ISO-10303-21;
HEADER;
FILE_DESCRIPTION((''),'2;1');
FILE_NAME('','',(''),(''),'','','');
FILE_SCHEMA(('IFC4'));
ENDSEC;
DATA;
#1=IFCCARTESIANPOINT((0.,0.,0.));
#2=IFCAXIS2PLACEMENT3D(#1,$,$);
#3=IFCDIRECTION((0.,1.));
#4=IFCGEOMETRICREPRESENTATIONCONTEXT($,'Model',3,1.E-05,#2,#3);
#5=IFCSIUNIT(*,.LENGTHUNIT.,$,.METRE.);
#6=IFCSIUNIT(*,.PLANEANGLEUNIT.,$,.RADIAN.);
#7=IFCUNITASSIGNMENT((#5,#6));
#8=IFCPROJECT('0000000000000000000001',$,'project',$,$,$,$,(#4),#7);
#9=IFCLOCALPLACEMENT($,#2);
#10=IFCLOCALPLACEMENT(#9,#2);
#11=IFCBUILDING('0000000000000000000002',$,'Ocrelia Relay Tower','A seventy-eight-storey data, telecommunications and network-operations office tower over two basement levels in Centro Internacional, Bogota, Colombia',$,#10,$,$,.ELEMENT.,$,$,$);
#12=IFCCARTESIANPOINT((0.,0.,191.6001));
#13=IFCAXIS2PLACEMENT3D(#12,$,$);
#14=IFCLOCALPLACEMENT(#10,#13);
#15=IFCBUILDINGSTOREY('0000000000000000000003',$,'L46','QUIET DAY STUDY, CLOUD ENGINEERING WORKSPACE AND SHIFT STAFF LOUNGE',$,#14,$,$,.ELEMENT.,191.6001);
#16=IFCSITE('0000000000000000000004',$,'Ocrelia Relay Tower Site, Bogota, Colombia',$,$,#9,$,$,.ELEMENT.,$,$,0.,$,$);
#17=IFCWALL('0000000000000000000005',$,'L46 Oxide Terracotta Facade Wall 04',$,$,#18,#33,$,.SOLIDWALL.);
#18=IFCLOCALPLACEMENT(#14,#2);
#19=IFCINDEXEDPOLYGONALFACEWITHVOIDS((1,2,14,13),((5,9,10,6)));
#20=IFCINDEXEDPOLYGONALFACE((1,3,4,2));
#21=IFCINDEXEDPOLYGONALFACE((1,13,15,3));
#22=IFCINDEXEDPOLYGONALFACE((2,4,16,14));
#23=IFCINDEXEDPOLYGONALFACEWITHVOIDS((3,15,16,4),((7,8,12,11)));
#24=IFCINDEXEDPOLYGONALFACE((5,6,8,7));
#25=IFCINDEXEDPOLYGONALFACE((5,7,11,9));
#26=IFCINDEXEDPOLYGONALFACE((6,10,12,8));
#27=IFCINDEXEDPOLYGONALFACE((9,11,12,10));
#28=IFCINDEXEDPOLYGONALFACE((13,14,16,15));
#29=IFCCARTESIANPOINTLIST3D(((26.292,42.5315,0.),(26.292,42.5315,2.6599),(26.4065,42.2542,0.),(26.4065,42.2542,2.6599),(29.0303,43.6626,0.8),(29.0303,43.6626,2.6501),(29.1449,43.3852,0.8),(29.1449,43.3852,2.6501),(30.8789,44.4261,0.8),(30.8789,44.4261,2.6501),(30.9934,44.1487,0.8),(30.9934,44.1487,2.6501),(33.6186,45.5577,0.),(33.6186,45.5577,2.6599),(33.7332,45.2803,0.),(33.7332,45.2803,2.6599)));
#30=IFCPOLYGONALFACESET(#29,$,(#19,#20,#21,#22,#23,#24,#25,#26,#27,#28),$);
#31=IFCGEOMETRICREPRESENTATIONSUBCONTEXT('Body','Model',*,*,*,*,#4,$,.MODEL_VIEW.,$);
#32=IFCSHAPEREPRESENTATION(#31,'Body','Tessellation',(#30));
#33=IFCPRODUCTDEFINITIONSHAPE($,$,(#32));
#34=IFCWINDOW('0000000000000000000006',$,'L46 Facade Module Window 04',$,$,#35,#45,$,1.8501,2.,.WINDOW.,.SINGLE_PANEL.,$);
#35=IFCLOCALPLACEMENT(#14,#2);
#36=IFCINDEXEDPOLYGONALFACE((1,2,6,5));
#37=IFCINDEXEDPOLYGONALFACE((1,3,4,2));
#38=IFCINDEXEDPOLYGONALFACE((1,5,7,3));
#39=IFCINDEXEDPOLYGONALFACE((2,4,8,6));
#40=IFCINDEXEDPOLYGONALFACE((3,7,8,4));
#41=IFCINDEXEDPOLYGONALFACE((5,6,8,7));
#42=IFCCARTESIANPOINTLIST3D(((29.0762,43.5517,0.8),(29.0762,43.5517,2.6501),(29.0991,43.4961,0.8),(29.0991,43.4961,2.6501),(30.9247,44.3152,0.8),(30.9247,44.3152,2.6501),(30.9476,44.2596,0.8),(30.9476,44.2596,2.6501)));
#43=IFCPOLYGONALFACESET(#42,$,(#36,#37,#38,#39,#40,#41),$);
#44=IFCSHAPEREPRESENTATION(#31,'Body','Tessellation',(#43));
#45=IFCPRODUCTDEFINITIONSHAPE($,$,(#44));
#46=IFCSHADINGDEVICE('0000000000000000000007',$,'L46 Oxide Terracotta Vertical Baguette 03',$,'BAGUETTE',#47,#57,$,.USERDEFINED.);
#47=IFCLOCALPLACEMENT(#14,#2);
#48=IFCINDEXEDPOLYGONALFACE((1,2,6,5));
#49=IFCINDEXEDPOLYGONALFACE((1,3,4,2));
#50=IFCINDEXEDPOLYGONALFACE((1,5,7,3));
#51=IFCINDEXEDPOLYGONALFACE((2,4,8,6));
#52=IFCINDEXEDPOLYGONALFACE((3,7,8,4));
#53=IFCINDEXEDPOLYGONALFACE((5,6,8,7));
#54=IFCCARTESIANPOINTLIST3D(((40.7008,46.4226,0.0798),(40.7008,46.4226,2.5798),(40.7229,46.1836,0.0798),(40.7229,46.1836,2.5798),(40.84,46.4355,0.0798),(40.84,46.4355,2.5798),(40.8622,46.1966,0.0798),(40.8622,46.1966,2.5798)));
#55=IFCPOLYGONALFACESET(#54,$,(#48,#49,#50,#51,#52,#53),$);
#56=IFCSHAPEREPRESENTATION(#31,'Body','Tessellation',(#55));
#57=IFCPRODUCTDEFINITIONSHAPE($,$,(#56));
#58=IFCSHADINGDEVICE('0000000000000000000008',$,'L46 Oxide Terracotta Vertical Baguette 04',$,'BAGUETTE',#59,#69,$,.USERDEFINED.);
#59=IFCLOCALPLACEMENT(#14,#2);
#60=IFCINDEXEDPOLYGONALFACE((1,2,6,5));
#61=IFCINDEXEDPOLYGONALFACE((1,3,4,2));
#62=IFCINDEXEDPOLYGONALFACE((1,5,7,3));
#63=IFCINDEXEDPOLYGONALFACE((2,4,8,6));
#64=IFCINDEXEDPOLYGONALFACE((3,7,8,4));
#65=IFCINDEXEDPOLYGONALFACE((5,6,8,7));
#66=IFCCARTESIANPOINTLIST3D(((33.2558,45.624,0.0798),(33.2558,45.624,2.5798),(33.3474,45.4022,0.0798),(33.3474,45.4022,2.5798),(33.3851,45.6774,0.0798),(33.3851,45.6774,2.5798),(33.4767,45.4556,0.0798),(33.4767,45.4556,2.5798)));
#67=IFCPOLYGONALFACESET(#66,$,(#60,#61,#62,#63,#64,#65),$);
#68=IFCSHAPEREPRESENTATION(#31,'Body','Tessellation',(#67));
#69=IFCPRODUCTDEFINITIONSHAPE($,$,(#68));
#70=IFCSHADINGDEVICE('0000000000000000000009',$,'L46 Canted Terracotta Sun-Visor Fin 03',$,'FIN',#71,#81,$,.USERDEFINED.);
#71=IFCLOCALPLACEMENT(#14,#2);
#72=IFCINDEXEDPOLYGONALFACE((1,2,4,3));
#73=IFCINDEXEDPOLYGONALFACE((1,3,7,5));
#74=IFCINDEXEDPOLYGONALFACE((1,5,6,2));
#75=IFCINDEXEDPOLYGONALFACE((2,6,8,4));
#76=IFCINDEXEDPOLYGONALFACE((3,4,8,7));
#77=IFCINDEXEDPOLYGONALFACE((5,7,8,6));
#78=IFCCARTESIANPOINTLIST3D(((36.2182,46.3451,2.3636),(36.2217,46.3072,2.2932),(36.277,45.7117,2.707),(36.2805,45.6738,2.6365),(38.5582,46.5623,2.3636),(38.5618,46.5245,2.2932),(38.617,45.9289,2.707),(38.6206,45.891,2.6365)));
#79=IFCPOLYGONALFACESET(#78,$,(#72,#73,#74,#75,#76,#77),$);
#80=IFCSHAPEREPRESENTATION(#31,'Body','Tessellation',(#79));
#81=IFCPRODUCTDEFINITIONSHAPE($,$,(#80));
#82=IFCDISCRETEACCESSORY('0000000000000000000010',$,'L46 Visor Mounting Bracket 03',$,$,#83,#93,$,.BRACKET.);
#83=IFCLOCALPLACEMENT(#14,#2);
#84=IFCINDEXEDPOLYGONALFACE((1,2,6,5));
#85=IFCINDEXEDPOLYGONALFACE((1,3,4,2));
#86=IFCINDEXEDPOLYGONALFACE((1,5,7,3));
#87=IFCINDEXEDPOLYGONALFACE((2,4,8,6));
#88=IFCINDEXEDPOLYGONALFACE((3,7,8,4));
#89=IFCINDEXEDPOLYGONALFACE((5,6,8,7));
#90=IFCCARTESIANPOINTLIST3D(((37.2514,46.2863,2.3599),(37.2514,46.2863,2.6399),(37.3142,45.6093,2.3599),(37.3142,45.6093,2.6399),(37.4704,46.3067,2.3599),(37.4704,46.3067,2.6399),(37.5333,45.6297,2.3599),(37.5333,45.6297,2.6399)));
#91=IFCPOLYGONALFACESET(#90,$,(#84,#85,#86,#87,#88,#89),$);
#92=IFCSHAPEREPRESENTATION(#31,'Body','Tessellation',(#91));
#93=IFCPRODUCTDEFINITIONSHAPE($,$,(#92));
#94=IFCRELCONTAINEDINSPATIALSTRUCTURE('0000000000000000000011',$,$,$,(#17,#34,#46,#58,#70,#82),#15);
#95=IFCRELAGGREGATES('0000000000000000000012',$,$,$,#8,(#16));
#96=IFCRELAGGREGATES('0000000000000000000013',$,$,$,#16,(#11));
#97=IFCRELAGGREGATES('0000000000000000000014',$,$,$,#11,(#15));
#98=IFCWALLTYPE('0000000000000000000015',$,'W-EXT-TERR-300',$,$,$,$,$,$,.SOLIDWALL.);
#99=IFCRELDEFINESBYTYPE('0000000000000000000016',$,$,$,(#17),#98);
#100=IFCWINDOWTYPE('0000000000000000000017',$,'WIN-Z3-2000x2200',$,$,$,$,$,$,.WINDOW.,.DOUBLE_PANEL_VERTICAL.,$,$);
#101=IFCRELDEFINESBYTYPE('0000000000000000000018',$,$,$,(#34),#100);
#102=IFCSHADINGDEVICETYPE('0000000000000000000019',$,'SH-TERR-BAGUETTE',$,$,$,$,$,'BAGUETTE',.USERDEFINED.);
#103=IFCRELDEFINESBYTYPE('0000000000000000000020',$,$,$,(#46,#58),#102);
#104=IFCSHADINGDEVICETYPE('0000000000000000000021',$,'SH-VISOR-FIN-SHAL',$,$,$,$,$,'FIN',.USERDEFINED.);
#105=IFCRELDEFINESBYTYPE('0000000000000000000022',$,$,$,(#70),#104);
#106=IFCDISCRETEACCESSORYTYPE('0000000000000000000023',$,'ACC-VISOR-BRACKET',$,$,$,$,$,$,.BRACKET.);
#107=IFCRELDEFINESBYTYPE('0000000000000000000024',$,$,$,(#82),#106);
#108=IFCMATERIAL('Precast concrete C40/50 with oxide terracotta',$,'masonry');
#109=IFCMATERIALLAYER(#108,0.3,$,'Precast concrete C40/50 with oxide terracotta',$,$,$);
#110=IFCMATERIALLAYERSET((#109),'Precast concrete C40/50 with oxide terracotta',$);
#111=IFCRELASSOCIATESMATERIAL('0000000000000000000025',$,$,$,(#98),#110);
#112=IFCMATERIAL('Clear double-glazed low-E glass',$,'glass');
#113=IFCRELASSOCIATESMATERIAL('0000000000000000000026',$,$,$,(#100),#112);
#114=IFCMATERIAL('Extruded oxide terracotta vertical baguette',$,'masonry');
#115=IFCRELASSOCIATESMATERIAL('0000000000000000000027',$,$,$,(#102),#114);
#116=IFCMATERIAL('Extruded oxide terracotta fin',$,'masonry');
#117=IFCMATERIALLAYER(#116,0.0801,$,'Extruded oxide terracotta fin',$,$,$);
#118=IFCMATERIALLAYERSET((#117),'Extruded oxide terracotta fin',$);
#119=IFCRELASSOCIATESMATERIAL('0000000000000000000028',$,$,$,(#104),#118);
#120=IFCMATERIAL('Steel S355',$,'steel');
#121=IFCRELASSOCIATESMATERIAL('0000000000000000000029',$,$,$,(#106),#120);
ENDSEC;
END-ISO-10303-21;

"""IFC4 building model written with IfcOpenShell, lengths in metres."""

from ifc_helpers import new_model, si_unit, direction, frame, frame_2d, origin, origin_2d, place, context, subcontext, project, spatial, rectangle, extrude, material, layer, layer_set, type_object, element, fill, save


model = new_model("IFC4")

# Units and contexts
model_context = context("Model", 3, precision=1e-05, world=origin(), true_north=direction((0.0, 1.0)))
body_context = subcontext(model_context, "Body", "Model", "MODEL_VIEW")
ifc_project = project(units=[si_unit("LENGTHUNIT", "METRE"), si_unit("PLANEANGLEUNIT", "RADIAN")], contexts=[model_context])

# Site, building, storey
site_placement = place(None, origin())
site = spatial("IfcSite", under=ifc_project, at=site_placement, Name="Ocrelia Relay Tower Site, Bogota, Colombia", CompositionType="ELEMENT", RefElevation=0.0)
building_placement = place(site_placement, origin())
building = spatial("IfcBuilding", under=site, at=building_placement, Name="Ocrelia Relay Tower", Description="A seventy-eight-storey data, telecommunications and network-operations office tower over two basement levels in Centro Internacional, Bogota, Colombia", CompositionType="ELEMENT")
storey_placement = place(building_placement, frame((0.0, 0.0, 191.6001)))
storey = spatial("IfcBuildingStorey", under=building, at=storey_placement, Name="L46", Description="QUIET DAY STUDY, CLOUD ENGINEERING WORKSPACE AND SHIFT STAFF LOUNGE", CompositionType="ELEMENT", Elevation=191.6001)

# Shared definitions
ifc_material_1 = material(Name="Steel S355", Category="steel")

# Wall, opening, window
ifc_material_2 = material(Name="Precast concrete C40/50 with oxide terracotta", Category="masonry")
ifc_layer_1 = layer(ifc_material_2, 0.3, Name="Precast concrete C40/50 with oxide terracotta")
ifc_layer_set_1 = layer_set([ifc_layer_1], Name="Precast concrete C40/50 with oxide terracotta")
wall_type_1 = type_object("IfcWallType", Name="W-EXT-TERR-300", PredefinedType="SOLIDWALL", material=ifc_layer_set_1)
ifc_material_3 = material(Name="Clear double-glazed low-E glass", Category="glass")
window_type = type_object("IfcWindowType", Name="WIN-Z3-2000x2200", PartitioningType="DOUBLE_PANEL_VERTICAL", PredefinedType="WINDOW", material=ifc_material_3)
wall_1_placement = place(storey_placement, frame((33.6758, 45.4189, 0.0), z_axis=(0.0, 0.0, 1.0), x_axis=(-0.924266, -0.381749, 0.0)))
wall_1 = element("IfcWall", 1, at=wall_1_placement, inside=storey, type_object=wall_type_1, Name="L46 Oxide Terracotta Facade Wall 04", PredefinedType="SOLIDWALL", context=body_context, shape_type="SweptSolid", body=[
    extrude(rectangle(XDim=7.927, YDim=0.3, at=frame_2d((3.9634, 0.0))), origin(), (0.0, 0.0, 1.0), 2.6599),
])
opening_1_placement = place(wall_1_placement, frame((2.9641, 0.0, 0.8)))
opening_1 = element("IfcOpeningElement", 2, at=opening_1_placement, cuts=wall_1, PredefinedType="OPENING", context=body_context, shape_type="SweptSolid", body=[
    extrude(rectangle(XDim=2.0, YDim=1.8501, at=frame_2d((1.0, 0.925))), frame((0.0, 0.1602, 0.0), z_axis=(0.0, -1.0, 0.0), x_axis=(1.0, 0.0, 0.0)), (0.0, 0.0, 1.0), 0.3201),
])
window_1_placement = place(opening_1_placement, origin())
window_1 = element("IfcWindow", 3, at=window_1_placement, inside=storey, type_object=window_type, Name="L46 Facade Module Window 04", OverallHeight=1.8501, OverallWidth=2.0, PartitioningType="SINGLE_PANEL", PredefinedType="WINDOW", context=body_context, shape_type="SweptSolid", body=[
    extrude(rectangle(XDim=2.0, YDim=1.8501, at=frame_2d((1.0, 0.925))), frame((0.0, 0.03, 0.0), z_axis=(0.0, -1.0, 0.0), x_axis=(1.0, 0.0, 0.0)), (0.0, 0.0, 1.0), 0.0601),
])
fill(opening_1, window_1)

# Shading devices
ifc_material_4 = material(Name="Extruded oxide terracotta vertical baguette", Category="masonry")
shading_device_type_1 = type_object("IfcShadingDeviceType", Name="SH-TERR-BAGUETTE", ElementType="BAGUETTE", PredefinedType="USERDEFINED", material=ifc_material_4)
for number, where, z_axis, x_axis, name in (
    (4, (40.7815, 46.3096, 0.0798), (0.0, 0.0, 1.0), (-0.995717, -0.092449, 0.0), "L46 Oxide Terracotta Vertical Baguette 03"),
    (5, (33.3662, 45.5398, 0.0798), (0.0, 0.0, 1.0), (-0.924268, -0.381744, 0.0), "L46 Oxide Terracotta Vertical Baguette 04"),
):
    element("IfcShadingDevice", number, at=place(storey_placement, frame(where, z_axis=z_axis, x_axis=x_axis)), inside=storey, type_object=shading_device_type_1, Name=name, ObjectType="BAGUETTE", PredefinedType="USERDEFINED", context=body_context, shape_type="SweptSolid", body=[
        extrude(rectangle(XDim=0.1399, YDim=0.24, at=origin_2d()), origin(), (0.0, 0.0, 1.0), 2.5),
    ])
ifc_material_5 = material(Name="Extruded oxide terracotta fin", Category="masonry")
ifc_layer_2 = layer(ifc_material_5, 0.0801, Name="Extruded oxide terracotta fin")
ifc_layer_set_2 = layer_set([ifc_layer_2], Name="Extruded oxide terracotta fin")
shading_device_type_2 = type_object("IfcShadingDeviceType", Name="SH-VISOR-FIN-SHAL", ElementType="FIN", PredefinedType="USERDEFINED", material=ifc_layer_set_2)
shading_device_placement = place(storey_placement, frame((37.4211, 46.0991, 2.4648), z_axis=(-0.043914, 0.472976, 0.87998), x_axis=(-0.995717, -0.092449, 0.0)))
element("IfcShadingDevice", 6, at=shading_device_placement, inside=storey, type_object=shading_device_type_2, Name="L46 Canted Terracotta Sun-Visor Fin 03", ObjectType="FIN", PredefinedType="USERDEFINED", context=body_context, shape_type="SweptSolid", body=[
    extrude(rectangle(XDim=2.3501, YDim=0.7229, at=origin_2d()), origin(), (0.0, 0.0, 1.0), 0.0801),
])

# Discrete accessory
discrete_accessory_type = type_object("IfcDiscreteAccessoryType", Name="ACC-VISOR-BRACKET", PredefinedType="BRACKET", material=ifc_material_1)
discrete_accessory_placement = place(storey_placement, frame((37.3923, 45.958, 2.3599), z_axis=(0.0, 0.0, 1.0), x_axis=(-0.995717, -0.092449, 0.0)))
element("IfcDiscreteAccessory", 7, at=discrete_accessory_placement, inside=storey, type_object=discrete_accessory_type, Name="L46 Visor Mounting Bracket 03", PredefinedType="BRACKET", context=body_context, shape_type="SweptSolid", body=[
    extrude(rectangle(XDim=0.22, YDim=0.6799, at=origin_2d()), origin(), (0.0, 0.0, 1.0), 0.28),
])

save(model, "model.ifc")
